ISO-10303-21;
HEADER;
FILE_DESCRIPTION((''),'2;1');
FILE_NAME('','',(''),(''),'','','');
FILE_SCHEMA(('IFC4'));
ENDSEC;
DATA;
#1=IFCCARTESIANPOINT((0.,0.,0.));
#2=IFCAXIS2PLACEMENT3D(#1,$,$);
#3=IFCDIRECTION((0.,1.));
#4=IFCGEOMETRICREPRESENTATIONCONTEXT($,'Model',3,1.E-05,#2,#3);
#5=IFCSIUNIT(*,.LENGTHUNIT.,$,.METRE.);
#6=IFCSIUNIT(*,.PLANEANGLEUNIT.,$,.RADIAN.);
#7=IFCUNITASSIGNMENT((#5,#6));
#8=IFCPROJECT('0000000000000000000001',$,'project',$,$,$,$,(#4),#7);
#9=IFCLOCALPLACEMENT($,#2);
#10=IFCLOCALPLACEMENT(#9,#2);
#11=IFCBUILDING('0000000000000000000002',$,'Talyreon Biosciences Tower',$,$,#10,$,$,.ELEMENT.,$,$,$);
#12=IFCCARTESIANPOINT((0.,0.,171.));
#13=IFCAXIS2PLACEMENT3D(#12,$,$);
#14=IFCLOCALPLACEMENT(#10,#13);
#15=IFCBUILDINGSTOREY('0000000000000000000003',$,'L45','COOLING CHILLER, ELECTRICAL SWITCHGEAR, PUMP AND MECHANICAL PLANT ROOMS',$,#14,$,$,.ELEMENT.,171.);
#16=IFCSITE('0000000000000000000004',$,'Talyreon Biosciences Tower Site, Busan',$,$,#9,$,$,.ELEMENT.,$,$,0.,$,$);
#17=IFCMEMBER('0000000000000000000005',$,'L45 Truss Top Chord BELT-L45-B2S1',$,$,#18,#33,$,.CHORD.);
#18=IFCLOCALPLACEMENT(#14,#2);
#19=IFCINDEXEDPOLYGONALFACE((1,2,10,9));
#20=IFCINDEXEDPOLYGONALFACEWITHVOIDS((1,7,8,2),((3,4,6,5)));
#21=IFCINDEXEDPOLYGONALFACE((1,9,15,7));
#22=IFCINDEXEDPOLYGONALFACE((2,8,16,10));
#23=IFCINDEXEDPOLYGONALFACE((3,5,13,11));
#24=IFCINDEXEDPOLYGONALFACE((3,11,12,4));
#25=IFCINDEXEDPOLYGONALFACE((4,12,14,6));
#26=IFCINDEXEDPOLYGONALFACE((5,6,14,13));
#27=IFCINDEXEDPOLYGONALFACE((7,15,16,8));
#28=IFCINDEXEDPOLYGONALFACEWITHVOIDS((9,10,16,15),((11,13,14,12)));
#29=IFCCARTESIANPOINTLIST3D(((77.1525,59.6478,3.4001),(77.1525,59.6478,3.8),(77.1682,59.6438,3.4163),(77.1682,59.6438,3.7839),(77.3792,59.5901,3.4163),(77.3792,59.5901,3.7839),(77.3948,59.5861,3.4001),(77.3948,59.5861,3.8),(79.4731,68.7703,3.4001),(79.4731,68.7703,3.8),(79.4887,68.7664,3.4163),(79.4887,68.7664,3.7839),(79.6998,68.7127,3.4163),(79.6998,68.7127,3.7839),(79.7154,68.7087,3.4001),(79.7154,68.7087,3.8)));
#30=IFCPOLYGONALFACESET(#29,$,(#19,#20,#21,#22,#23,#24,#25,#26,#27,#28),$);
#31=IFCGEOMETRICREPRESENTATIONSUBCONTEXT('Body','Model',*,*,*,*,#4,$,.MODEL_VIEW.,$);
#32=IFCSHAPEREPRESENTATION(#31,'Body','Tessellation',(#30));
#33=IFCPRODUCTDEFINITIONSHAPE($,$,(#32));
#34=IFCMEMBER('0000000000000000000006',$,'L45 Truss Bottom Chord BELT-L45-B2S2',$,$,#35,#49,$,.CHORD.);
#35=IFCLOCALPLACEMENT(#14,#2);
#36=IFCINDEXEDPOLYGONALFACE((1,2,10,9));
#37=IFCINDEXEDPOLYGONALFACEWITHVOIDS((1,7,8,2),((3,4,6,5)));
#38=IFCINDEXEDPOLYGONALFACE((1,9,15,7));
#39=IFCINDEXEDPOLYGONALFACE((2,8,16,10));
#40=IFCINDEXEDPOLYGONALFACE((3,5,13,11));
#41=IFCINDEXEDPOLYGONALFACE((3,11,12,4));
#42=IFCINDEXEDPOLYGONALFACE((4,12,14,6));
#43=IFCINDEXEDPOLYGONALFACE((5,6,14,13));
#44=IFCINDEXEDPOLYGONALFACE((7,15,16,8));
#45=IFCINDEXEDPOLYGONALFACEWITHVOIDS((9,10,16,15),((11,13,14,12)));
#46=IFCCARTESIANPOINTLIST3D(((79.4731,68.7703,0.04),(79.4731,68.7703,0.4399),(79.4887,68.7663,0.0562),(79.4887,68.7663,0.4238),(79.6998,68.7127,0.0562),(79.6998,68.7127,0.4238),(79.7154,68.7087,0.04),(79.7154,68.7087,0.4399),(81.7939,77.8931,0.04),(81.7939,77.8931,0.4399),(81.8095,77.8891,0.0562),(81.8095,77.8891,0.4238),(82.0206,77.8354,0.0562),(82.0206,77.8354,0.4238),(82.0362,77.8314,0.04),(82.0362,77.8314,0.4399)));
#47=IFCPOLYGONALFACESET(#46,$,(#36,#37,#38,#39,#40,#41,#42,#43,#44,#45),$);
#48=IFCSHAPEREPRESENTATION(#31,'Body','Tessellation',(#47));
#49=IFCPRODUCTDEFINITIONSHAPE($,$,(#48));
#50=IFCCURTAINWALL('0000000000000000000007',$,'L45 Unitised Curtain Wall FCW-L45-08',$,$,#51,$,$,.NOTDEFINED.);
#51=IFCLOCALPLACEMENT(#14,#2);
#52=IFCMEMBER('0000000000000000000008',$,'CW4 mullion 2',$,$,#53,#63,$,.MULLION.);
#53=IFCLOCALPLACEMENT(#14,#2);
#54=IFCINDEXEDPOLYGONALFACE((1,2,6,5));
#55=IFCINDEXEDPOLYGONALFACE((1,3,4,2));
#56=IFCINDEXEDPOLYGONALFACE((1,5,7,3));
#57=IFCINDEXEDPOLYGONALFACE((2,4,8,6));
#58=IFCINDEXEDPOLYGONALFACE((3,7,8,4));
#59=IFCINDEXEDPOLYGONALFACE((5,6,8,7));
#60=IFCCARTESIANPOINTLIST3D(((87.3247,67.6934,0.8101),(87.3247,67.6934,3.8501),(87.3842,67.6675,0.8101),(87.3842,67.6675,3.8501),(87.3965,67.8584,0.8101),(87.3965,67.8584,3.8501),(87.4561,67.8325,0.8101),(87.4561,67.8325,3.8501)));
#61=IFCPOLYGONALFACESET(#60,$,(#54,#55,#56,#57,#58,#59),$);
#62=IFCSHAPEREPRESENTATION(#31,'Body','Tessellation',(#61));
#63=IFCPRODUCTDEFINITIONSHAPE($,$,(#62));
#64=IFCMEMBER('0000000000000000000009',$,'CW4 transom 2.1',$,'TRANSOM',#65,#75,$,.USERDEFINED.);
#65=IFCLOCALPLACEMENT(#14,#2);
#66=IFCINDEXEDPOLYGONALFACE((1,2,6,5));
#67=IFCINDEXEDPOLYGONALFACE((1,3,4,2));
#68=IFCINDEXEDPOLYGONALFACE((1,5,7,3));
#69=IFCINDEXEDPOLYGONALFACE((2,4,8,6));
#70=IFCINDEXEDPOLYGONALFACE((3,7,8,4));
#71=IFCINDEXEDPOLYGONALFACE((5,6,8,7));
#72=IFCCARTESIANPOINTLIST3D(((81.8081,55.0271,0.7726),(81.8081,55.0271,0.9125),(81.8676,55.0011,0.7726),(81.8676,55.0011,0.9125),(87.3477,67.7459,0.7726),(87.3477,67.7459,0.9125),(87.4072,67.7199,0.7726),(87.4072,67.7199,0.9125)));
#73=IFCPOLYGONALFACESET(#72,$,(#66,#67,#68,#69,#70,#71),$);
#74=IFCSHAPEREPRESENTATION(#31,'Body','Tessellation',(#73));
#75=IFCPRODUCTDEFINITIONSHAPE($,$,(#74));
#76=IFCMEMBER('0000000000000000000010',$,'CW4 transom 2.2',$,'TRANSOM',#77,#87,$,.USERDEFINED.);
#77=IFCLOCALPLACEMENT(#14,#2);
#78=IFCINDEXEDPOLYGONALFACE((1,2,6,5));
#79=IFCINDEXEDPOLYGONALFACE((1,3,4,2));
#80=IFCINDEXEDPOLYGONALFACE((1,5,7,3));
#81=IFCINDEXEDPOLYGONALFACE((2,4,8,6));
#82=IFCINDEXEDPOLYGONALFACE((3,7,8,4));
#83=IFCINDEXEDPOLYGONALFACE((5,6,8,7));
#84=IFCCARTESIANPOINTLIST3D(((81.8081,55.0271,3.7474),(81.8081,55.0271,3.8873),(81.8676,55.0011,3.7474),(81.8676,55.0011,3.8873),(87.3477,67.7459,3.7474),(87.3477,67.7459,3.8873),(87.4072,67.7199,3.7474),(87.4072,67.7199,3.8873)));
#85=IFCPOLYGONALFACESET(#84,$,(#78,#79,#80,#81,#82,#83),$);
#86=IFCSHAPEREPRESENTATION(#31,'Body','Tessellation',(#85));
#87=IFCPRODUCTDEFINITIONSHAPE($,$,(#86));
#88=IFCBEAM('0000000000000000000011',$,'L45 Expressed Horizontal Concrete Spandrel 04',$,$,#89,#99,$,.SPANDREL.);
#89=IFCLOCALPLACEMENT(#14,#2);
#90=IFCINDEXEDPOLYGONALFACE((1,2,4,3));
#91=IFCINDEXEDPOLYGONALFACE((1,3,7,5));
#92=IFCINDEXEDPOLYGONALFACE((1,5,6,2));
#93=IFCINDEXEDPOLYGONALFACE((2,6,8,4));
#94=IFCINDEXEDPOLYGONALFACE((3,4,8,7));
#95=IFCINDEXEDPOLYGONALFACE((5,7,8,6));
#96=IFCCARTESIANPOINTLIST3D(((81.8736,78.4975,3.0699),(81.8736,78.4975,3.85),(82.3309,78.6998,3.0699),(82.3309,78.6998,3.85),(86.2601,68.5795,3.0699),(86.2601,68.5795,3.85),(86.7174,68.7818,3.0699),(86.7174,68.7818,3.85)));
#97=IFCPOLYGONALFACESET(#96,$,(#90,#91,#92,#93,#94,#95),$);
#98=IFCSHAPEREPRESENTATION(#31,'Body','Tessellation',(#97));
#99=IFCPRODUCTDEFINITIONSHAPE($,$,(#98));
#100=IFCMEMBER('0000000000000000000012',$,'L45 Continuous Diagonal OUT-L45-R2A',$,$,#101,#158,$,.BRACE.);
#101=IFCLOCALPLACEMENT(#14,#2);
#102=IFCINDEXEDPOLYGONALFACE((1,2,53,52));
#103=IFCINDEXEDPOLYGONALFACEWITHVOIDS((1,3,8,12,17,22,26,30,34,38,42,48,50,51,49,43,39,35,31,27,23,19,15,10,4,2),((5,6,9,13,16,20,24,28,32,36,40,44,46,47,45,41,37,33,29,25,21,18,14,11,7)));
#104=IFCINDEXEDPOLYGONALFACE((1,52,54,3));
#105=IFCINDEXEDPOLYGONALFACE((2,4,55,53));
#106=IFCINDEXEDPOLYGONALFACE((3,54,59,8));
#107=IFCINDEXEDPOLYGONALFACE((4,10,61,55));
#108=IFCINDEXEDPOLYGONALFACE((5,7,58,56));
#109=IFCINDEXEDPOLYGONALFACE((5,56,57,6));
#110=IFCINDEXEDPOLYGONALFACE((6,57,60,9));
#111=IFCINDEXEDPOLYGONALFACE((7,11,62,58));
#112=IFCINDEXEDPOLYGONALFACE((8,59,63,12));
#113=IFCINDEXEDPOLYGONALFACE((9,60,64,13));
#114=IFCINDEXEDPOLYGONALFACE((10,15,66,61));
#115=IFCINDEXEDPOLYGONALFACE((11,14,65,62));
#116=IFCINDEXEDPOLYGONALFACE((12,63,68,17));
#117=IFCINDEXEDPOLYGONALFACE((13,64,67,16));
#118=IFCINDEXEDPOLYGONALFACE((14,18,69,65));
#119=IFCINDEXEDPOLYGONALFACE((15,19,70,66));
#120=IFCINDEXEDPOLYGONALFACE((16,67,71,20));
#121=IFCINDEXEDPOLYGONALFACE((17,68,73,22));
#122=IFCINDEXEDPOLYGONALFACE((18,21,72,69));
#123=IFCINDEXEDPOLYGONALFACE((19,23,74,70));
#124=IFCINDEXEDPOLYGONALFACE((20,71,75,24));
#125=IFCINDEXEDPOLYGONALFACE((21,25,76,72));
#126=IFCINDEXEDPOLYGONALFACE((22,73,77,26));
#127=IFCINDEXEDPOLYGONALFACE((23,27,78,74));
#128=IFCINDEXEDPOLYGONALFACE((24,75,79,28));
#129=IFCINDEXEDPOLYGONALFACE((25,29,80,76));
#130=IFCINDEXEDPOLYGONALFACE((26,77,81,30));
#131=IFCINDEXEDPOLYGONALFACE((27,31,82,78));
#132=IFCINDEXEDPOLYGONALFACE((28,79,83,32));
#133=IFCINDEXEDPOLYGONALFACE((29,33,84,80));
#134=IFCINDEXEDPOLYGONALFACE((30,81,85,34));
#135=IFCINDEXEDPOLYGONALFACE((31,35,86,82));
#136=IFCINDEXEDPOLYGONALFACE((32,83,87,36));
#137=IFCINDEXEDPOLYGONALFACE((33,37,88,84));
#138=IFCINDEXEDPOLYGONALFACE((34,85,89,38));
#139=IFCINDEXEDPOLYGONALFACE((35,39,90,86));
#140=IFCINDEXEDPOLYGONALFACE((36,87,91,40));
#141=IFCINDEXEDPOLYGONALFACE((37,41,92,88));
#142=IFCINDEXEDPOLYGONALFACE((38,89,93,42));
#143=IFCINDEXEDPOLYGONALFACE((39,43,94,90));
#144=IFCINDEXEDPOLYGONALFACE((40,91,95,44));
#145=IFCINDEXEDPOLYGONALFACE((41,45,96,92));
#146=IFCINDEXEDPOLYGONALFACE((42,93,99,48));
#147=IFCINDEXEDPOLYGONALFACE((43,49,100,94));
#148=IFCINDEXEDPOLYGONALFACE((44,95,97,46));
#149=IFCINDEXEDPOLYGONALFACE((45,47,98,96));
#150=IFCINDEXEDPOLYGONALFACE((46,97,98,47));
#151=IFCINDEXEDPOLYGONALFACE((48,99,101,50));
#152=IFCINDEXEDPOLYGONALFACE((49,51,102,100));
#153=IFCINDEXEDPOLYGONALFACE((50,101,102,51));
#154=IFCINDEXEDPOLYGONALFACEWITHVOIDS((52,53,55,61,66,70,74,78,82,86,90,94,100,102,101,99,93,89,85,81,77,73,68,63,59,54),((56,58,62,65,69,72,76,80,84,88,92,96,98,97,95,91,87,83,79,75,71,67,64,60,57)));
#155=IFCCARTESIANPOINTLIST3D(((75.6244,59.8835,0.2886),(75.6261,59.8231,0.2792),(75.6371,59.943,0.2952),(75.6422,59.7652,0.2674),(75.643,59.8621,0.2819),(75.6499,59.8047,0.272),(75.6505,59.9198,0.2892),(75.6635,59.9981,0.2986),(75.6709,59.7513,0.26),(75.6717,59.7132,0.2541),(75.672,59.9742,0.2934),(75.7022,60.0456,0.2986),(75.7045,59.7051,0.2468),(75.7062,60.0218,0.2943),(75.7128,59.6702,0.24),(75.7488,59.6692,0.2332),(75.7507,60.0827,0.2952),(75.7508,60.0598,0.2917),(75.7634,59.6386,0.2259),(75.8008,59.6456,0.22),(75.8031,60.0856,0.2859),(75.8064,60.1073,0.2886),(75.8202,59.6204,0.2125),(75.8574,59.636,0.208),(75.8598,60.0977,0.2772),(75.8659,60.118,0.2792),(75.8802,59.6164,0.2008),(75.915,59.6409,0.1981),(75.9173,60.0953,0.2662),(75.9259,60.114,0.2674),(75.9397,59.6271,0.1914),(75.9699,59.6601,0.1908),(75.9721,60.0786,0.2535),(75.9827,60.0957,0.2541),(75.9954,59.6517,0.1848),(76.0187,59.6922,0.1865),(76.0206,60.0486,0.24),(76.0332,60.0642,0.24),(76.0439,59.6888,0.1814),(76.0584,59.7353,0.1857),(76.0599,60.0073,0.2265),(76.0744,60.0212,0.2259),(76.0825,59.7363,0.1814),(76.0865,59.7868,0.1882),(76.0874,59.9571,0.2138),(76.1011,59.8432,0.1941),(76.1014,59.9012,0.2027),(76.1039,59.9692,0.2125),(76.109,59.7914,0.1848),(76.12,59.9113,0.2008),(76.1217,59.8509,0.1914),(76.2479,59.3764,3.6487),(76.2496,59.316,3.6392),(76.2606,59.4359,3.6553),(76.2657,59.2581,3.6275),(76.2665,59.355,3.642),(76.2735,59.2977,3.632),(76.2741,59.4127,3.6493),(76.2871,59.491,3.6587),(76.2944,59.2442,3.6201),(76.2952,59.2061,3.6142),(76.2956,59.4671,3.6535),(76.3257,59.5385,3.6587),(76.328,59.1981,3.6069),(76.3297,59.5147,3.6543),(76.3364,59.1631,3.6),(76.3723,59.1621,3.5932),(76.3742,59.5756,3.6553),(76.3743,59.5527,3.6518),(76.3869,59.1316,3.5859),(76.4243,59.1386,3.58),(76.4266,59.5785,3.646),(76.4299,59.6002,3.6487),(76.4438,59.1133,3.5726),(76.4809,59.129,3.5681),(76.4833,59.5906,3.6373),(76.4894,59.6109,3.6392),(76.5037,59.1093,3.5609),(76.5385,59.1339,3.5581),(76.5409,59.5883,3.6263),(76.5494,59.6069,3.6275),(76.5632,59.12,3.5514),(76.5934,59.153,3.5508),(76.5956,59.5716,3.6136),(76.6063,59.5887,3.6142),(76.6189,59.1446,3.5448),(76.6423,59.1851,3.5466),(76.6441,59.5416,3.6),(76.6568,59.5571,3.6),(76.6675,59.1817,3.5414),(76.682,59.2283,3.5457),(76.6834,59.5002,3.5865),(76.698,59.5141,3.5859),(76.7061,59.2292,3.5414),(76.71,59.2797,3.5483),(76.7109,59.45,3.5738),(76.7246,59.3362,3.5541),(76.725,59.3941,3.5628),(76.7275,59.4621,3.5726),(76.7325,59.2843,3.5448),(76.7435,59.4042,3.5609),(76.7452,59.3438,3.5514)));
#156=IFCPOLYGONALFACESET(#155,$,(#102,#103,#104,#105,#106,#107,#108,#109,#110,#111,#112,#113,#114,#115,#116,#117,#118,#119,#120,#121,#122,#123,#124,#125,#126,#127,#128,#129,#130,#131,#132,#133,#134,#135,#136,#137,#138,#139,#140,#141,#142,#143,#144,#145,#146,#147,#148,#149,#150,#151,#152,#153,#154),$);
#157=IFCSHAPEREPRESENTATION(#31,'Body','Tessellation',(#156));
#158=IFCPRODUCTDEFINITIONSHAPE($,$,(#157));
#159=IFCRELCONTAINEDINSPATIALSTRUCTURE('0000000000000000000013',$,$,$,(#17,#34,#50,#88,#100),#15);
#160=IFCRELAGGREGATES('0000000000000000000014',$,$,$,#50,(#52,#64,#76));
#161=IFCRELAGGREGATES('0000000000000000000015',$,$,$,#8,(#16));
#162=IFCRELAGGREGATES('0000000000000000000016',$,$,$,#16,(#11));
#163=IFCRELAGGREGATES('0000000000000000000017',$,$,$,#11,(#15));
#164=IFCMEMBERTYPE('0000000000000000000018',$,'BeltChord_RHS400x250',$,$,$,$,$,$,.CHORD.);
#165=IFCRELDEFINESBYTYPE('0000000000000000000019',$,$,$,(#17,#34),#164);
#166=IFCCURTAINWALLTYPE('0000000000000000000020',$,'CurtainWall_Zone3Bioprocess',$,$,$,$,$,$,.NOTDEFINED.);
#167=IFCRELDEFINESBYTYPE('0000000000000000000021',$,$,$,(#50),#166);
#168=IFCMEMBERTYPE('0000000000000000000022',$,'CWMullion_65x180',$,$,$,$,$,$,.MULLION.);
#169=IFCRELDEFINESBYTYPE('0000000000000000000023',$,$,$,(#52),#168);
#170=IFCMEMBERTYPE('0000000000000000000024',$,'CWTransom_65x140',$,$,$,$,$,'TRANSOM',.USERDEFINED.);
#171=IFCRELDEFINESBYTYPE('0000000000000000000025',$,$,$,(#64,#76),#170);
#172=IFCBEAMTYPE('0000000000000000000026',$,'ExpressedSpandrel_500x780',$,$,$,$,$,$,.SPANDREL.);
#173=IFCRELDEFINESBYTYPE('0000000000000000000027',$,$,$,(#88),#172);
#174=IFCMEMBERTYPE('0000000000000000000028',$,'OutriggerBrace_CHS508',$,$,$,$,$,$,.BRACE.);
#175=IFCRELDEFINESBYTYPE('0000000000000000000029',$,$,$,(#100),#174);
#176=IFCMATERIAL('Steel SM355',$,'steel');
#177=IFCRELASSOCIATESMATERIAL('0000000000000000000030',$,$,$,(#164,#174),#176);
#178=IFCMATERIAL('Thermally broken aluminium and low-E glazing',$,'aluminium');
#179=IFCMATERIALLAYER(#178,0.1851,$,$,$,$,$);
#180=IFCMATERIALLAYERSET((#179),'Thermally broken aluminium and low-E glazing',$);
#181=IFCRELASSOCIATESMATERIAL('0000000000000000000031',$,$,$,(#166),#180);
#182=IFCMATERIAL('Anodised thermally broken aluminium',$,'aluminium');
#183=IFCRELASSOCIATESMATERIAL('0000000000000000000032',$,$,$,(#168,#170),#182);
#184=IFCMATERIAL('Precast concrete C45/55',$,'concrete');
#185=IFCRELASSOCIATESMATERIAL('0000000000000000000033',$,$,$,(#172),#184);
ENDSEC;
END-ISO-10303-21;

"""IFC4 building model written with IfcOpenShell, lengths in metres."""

from ifc_helpers import new_model, si_unit, direction, frame, origin, origin_2d, place, context, subcontext, project, spatial, rectangle, hollow_rectangle, hollow_circle, extrude, material, layer, layer_set, material_profile, profile_set, type_object, element, aggregate, save


model = new_model("IFC4")

# Units and contexts
model_context = context("Model", 3, precision=1e-05, world=origin(), true_north=direction((0.0, 1.0)))
body_context = subcontext(model_context, "Body", "Model", "MODEL_VIEW")
ifc_project = project(units=[si_unit("LENGTHUNIT", "METRE"), si_unit("PLANEANGLEUNIT", "RADIAN")], contexts=[model_context])

# Site, building, storey
site_placement = place(None, origin())
site = spatial("IfcSite", under=ifc_project, at=site_placement, Name="Talyreon Biosciences Tower Site, Busan", CompositionType="ELEMENT", RefElevation=0.0)
building_placement = place(site_placement, origin())
building = spatial("IfcBuilding", under=site, at=building_placement, Name="Talyreon Biosciences Tower", CompositionType="ELEMENT")
storey_placement = place(building_placement, frame((0.0, 0.0, 171.0)))
storey = spatial("IfcBuildingStorey", under=building, at=storey_placement, Name="L45", Description="COOLING CHILLER, ELECTRICAL SWITCHGEAR, PUMP AND MECHANICAL PLANT ROOMS", CompositionType="ELEMENT", Elevation=171.0)

# Members
ifc_material_1 = material(Name="Steel SM355", Category="steel")
ifc_material_profile_1 = material_profile(ifc_material_1, hollow_rectangle(XDim=0.25, YDim=0.3999, WallThickness=0.0161, at=origin_2d()), Name="RHS 400x250x16")
ifc_profile_set_1 = profile_set([ifc_material_profile_1], Name="Steel SM355")
member_type_1 = type_object("IfcMemberType", Name="BeltChord_RHS400x250", PredefinedType="CHORD", material=ifc_profile_set_1)
for number, where, z_axis, x_axis, name in (
    (1, (77.2737, 59.6169, 3.6001), (0.246525, 0.969137, 0.0), (-0.969137, 0.246525, 0.0), "L45 Truss Top Chord BELT-L45-B2S1"),
):
    element("IfcMember", number, at=place(storey_placement, frame(where, z_axis=z_axis, x_axis=x_axis)), inside=storey, type_object=member_type_1, Name=name, PredefinedType="CHORD", context=body_context, shape_type="SweptSolid", body=[
        extrude(hollow_rectangle(XDim=0.25, YDim=0.3999, WallThickness=0.0161, at=origin_2d()), origin(), (0.0, 0.0, 1.0), 9.4131),
    ])
member_1_placement = place(storey_placement, frame((79.5942, 68.7395, 0.24), z_axis=(0.246543, 0.969132, 0.0), x_axis=(-0.969132, 0.246543, 0.0)))
element("IfcMember", 2, at=member_1_placement, inside=storey, type_object=member_type_1, Name="L45 Truss Bottom Chord BELT-L45-B2S2", PredefinedType="CHORD", context=body_context, shape_type="SweptSolid", body=[
    extrude(hollow_rectangle(XDim=0.25, YDim=0.3999, WallThickness=0.0161, at=origin_2d()), origin(), (0.0, 0.0, 1.0), 9.4133),
])

# Curtain wall, members
ifc_material_2 = material(Name="Thermally broken aluminium and low-E glazing", Category="aluminium")
ifc_layer_1 = layer(ifc_material_2, 0.1851)
ifc_layer_set_1 = layer_set([ifc_layer_1], Name="Thermally broken aluminium and low-E glazing")
curtain_wall_type = type_object("IfcCurtainWallType", Name="CurtainWall_Zone3Bioprocess", PredefinedType="NOTDEFINED", material=ifc_layer_set_1)
curtain_wall_placement = place(storey_placement, origin())
curtain_wall = element("IfcCurtainWall", 3, at=curtain_wall_placement, inside=storey, type_object=curtain_wall_type, Name="L45 Unitised Curtain Wall FCW-L45-08", PredefinedType="NOTDEFINED")
ifc_material_3 = material(Name="Anodised thermally broken aluminium", Category="aluminium")
ifc_material_profile_2 = material_profile(ifc_material_3, rectangle(XDim=0.0649, YDim=0.1799, at=origin_2d()), Name="ALUM MULLION 65x180")
ifc_profile_set_2 = profile_set([ifc_material_profile_2], Name="Anodised thermally broken aluminium")
member_type_2 = type_object("IfcMemberType", Name="CWMullion_65x180", PredefinedType="MULLION", material=ifc_profile_set_2)
member_2_placement = place(storey_placement, frame((87.3904, 67.7629, 0.8101), z_axis=(0.0, 0.0, 1.0), x_axis=(0.91682, -0.3993, 0.0)))
member_2 = element("IfcMember", 4, at=member_2_placement, type_object=member_type_2, Name="CW4 mullion 2", PredefinedType="MULLION", context=body_context, shape_type="SweptSolid", body=[
    extrude(rectangle(XDim=0.0649, YDim=0.1799, at=origin_2d()), origin(), (0.0, 0.0, 1.0), 3.04),
])
ifc_material_profile_3 = material_profile(ifc_material_3, rectangle(XDim=0.0649, YDim=0.1399, at=origin_2d()), Name="ALUM TRANSOM 65x140")
ifc_profile_set_3 = profile_set([ifc_material_profile_3], Name="Anodised thermally broken aluminium")
member_type_3 = type_object("IfcMemberType", Name="CWTransom_65x140", ElementType="TRANSOM", PredefinedType="USERDEFINED", material=ifc_profile_set_3)
member_3_placement = place(storey_placement, frame((87.3774, 67.7329, 0.8425), z_axis=(-0.399312, -0.916815, 0.0), x_axis=(0.916815, -0.399312, 0.0)))
member_3 = element("IfcMember", 5, at=member_3_placement, type_object=member_type_3, Name="CW4 transom 2.1", ObjectType="TRANSOM", PredefinedType="USERDEFINED", context=body_context, shape_type="SweptSolid", body=[
    extrude(rectangle(XDim=0.0649, YDim=0.1399, at=origin_2d()), origin(), (0.0, 0.0, 1.0), 13.8728),
])
member_4_placement = place(storey_placement, frame((87.3774, 67.7329, 3.8174), z_axis=(-0.399312, -0.916815, 0.0), x_axis=(0.916815, -0.399312, 0.0)))
member_4 = element("IfcMember", 6, at=member_4_placement, type_object=member_type_3, Name="CW4 transom 2.2", ObjectType="TRANSOM", PredefinedType="USERDEFINED", context=body_context, shape_type="SweptSolid", body=[
    extrude(rectangle(XDim=0.0649, YDim=0.1399, at=origin_2d()), origin(), (0.0, 0.0, 1.0), 13.8728),
])

# Beam
ifc_material_4 = material(Name="Precast concrete C45/55", Category="concrete")
ifc_material_profile_4 = material_profile(ifc_material_4, rectangle(XDim=0.5, YDim=0.78, at=origin_2d()), Name="RCB 500x780")
ifc_profile_set_4 = profile_set([ifc_material_profile_4], Name="Precast concrete C45/55")
beam_type = type_object("IfcBeamType", Name="ExpressedSpandrel_500x780", PredefinedType="SPANDREL", material=ifc_profile_set_4)
beam_placement = place(storey_placement, frame((86.4888, 68.6807, 3.46), z_axis=(-0.404481, 0.914546, 0.0), x_axis=(-0.914546, -0.404481, 0.0)))
element("IfcBeam", 7, at=beam_placement, inside=storey, type_object=beam_type, Name="L45 Expressed Horizontal Concrete Spandrel 04", PredefinedType="SPANDREL", context=body_context, shape_type="SweptSolid", body=[
    extrude(rectangle(XDim=0.5, YDim=0.78, at=origin_2d()), origin(), (0.0, 0.0, 1.0), 10.8447),
])

# Member
ifc_material_profile_5 = material_profile(ifc_material_1, hollow_circle(Radius=0.2539, WallThickness=0.02, at=origin_2d()), Name="CHS 508x20")
ifc_profile_set_5 = profile_set([ifc_material_profile_5], Name="Steel SM355")
member_type_4 = type_object("IfcMemberType", Name="OutriggerBrace_CHS508", PredefinedType="BRACE", material=ifc_profile_set_5)
member_5_placement = place(storey_placement, frame((75.873, 59.8672, 0.24), z_axis=(0.180479, -0.146772, 0.972566), x_axis=(0.630936, 0.775835, 0.0)))
element("IfcMember", 8, at=member_5_placement, inside=storey, type_object=member_type_4, Name="L45 Continuous Diagonal OUT-L45-R2A", PredefinedType="BRACE", context=body_context, shape_type="SweptSolid", body=[
    extrude(hollow_circle(Radius=0.2539, WallThickness=0.02, at=origin_2d()), origin(), (0.0, 0.0, 1.0), 3.4548),
])

aggregate(curtain_wall, [member_2, member_3, member_4])

save(model, "model.ifc")
